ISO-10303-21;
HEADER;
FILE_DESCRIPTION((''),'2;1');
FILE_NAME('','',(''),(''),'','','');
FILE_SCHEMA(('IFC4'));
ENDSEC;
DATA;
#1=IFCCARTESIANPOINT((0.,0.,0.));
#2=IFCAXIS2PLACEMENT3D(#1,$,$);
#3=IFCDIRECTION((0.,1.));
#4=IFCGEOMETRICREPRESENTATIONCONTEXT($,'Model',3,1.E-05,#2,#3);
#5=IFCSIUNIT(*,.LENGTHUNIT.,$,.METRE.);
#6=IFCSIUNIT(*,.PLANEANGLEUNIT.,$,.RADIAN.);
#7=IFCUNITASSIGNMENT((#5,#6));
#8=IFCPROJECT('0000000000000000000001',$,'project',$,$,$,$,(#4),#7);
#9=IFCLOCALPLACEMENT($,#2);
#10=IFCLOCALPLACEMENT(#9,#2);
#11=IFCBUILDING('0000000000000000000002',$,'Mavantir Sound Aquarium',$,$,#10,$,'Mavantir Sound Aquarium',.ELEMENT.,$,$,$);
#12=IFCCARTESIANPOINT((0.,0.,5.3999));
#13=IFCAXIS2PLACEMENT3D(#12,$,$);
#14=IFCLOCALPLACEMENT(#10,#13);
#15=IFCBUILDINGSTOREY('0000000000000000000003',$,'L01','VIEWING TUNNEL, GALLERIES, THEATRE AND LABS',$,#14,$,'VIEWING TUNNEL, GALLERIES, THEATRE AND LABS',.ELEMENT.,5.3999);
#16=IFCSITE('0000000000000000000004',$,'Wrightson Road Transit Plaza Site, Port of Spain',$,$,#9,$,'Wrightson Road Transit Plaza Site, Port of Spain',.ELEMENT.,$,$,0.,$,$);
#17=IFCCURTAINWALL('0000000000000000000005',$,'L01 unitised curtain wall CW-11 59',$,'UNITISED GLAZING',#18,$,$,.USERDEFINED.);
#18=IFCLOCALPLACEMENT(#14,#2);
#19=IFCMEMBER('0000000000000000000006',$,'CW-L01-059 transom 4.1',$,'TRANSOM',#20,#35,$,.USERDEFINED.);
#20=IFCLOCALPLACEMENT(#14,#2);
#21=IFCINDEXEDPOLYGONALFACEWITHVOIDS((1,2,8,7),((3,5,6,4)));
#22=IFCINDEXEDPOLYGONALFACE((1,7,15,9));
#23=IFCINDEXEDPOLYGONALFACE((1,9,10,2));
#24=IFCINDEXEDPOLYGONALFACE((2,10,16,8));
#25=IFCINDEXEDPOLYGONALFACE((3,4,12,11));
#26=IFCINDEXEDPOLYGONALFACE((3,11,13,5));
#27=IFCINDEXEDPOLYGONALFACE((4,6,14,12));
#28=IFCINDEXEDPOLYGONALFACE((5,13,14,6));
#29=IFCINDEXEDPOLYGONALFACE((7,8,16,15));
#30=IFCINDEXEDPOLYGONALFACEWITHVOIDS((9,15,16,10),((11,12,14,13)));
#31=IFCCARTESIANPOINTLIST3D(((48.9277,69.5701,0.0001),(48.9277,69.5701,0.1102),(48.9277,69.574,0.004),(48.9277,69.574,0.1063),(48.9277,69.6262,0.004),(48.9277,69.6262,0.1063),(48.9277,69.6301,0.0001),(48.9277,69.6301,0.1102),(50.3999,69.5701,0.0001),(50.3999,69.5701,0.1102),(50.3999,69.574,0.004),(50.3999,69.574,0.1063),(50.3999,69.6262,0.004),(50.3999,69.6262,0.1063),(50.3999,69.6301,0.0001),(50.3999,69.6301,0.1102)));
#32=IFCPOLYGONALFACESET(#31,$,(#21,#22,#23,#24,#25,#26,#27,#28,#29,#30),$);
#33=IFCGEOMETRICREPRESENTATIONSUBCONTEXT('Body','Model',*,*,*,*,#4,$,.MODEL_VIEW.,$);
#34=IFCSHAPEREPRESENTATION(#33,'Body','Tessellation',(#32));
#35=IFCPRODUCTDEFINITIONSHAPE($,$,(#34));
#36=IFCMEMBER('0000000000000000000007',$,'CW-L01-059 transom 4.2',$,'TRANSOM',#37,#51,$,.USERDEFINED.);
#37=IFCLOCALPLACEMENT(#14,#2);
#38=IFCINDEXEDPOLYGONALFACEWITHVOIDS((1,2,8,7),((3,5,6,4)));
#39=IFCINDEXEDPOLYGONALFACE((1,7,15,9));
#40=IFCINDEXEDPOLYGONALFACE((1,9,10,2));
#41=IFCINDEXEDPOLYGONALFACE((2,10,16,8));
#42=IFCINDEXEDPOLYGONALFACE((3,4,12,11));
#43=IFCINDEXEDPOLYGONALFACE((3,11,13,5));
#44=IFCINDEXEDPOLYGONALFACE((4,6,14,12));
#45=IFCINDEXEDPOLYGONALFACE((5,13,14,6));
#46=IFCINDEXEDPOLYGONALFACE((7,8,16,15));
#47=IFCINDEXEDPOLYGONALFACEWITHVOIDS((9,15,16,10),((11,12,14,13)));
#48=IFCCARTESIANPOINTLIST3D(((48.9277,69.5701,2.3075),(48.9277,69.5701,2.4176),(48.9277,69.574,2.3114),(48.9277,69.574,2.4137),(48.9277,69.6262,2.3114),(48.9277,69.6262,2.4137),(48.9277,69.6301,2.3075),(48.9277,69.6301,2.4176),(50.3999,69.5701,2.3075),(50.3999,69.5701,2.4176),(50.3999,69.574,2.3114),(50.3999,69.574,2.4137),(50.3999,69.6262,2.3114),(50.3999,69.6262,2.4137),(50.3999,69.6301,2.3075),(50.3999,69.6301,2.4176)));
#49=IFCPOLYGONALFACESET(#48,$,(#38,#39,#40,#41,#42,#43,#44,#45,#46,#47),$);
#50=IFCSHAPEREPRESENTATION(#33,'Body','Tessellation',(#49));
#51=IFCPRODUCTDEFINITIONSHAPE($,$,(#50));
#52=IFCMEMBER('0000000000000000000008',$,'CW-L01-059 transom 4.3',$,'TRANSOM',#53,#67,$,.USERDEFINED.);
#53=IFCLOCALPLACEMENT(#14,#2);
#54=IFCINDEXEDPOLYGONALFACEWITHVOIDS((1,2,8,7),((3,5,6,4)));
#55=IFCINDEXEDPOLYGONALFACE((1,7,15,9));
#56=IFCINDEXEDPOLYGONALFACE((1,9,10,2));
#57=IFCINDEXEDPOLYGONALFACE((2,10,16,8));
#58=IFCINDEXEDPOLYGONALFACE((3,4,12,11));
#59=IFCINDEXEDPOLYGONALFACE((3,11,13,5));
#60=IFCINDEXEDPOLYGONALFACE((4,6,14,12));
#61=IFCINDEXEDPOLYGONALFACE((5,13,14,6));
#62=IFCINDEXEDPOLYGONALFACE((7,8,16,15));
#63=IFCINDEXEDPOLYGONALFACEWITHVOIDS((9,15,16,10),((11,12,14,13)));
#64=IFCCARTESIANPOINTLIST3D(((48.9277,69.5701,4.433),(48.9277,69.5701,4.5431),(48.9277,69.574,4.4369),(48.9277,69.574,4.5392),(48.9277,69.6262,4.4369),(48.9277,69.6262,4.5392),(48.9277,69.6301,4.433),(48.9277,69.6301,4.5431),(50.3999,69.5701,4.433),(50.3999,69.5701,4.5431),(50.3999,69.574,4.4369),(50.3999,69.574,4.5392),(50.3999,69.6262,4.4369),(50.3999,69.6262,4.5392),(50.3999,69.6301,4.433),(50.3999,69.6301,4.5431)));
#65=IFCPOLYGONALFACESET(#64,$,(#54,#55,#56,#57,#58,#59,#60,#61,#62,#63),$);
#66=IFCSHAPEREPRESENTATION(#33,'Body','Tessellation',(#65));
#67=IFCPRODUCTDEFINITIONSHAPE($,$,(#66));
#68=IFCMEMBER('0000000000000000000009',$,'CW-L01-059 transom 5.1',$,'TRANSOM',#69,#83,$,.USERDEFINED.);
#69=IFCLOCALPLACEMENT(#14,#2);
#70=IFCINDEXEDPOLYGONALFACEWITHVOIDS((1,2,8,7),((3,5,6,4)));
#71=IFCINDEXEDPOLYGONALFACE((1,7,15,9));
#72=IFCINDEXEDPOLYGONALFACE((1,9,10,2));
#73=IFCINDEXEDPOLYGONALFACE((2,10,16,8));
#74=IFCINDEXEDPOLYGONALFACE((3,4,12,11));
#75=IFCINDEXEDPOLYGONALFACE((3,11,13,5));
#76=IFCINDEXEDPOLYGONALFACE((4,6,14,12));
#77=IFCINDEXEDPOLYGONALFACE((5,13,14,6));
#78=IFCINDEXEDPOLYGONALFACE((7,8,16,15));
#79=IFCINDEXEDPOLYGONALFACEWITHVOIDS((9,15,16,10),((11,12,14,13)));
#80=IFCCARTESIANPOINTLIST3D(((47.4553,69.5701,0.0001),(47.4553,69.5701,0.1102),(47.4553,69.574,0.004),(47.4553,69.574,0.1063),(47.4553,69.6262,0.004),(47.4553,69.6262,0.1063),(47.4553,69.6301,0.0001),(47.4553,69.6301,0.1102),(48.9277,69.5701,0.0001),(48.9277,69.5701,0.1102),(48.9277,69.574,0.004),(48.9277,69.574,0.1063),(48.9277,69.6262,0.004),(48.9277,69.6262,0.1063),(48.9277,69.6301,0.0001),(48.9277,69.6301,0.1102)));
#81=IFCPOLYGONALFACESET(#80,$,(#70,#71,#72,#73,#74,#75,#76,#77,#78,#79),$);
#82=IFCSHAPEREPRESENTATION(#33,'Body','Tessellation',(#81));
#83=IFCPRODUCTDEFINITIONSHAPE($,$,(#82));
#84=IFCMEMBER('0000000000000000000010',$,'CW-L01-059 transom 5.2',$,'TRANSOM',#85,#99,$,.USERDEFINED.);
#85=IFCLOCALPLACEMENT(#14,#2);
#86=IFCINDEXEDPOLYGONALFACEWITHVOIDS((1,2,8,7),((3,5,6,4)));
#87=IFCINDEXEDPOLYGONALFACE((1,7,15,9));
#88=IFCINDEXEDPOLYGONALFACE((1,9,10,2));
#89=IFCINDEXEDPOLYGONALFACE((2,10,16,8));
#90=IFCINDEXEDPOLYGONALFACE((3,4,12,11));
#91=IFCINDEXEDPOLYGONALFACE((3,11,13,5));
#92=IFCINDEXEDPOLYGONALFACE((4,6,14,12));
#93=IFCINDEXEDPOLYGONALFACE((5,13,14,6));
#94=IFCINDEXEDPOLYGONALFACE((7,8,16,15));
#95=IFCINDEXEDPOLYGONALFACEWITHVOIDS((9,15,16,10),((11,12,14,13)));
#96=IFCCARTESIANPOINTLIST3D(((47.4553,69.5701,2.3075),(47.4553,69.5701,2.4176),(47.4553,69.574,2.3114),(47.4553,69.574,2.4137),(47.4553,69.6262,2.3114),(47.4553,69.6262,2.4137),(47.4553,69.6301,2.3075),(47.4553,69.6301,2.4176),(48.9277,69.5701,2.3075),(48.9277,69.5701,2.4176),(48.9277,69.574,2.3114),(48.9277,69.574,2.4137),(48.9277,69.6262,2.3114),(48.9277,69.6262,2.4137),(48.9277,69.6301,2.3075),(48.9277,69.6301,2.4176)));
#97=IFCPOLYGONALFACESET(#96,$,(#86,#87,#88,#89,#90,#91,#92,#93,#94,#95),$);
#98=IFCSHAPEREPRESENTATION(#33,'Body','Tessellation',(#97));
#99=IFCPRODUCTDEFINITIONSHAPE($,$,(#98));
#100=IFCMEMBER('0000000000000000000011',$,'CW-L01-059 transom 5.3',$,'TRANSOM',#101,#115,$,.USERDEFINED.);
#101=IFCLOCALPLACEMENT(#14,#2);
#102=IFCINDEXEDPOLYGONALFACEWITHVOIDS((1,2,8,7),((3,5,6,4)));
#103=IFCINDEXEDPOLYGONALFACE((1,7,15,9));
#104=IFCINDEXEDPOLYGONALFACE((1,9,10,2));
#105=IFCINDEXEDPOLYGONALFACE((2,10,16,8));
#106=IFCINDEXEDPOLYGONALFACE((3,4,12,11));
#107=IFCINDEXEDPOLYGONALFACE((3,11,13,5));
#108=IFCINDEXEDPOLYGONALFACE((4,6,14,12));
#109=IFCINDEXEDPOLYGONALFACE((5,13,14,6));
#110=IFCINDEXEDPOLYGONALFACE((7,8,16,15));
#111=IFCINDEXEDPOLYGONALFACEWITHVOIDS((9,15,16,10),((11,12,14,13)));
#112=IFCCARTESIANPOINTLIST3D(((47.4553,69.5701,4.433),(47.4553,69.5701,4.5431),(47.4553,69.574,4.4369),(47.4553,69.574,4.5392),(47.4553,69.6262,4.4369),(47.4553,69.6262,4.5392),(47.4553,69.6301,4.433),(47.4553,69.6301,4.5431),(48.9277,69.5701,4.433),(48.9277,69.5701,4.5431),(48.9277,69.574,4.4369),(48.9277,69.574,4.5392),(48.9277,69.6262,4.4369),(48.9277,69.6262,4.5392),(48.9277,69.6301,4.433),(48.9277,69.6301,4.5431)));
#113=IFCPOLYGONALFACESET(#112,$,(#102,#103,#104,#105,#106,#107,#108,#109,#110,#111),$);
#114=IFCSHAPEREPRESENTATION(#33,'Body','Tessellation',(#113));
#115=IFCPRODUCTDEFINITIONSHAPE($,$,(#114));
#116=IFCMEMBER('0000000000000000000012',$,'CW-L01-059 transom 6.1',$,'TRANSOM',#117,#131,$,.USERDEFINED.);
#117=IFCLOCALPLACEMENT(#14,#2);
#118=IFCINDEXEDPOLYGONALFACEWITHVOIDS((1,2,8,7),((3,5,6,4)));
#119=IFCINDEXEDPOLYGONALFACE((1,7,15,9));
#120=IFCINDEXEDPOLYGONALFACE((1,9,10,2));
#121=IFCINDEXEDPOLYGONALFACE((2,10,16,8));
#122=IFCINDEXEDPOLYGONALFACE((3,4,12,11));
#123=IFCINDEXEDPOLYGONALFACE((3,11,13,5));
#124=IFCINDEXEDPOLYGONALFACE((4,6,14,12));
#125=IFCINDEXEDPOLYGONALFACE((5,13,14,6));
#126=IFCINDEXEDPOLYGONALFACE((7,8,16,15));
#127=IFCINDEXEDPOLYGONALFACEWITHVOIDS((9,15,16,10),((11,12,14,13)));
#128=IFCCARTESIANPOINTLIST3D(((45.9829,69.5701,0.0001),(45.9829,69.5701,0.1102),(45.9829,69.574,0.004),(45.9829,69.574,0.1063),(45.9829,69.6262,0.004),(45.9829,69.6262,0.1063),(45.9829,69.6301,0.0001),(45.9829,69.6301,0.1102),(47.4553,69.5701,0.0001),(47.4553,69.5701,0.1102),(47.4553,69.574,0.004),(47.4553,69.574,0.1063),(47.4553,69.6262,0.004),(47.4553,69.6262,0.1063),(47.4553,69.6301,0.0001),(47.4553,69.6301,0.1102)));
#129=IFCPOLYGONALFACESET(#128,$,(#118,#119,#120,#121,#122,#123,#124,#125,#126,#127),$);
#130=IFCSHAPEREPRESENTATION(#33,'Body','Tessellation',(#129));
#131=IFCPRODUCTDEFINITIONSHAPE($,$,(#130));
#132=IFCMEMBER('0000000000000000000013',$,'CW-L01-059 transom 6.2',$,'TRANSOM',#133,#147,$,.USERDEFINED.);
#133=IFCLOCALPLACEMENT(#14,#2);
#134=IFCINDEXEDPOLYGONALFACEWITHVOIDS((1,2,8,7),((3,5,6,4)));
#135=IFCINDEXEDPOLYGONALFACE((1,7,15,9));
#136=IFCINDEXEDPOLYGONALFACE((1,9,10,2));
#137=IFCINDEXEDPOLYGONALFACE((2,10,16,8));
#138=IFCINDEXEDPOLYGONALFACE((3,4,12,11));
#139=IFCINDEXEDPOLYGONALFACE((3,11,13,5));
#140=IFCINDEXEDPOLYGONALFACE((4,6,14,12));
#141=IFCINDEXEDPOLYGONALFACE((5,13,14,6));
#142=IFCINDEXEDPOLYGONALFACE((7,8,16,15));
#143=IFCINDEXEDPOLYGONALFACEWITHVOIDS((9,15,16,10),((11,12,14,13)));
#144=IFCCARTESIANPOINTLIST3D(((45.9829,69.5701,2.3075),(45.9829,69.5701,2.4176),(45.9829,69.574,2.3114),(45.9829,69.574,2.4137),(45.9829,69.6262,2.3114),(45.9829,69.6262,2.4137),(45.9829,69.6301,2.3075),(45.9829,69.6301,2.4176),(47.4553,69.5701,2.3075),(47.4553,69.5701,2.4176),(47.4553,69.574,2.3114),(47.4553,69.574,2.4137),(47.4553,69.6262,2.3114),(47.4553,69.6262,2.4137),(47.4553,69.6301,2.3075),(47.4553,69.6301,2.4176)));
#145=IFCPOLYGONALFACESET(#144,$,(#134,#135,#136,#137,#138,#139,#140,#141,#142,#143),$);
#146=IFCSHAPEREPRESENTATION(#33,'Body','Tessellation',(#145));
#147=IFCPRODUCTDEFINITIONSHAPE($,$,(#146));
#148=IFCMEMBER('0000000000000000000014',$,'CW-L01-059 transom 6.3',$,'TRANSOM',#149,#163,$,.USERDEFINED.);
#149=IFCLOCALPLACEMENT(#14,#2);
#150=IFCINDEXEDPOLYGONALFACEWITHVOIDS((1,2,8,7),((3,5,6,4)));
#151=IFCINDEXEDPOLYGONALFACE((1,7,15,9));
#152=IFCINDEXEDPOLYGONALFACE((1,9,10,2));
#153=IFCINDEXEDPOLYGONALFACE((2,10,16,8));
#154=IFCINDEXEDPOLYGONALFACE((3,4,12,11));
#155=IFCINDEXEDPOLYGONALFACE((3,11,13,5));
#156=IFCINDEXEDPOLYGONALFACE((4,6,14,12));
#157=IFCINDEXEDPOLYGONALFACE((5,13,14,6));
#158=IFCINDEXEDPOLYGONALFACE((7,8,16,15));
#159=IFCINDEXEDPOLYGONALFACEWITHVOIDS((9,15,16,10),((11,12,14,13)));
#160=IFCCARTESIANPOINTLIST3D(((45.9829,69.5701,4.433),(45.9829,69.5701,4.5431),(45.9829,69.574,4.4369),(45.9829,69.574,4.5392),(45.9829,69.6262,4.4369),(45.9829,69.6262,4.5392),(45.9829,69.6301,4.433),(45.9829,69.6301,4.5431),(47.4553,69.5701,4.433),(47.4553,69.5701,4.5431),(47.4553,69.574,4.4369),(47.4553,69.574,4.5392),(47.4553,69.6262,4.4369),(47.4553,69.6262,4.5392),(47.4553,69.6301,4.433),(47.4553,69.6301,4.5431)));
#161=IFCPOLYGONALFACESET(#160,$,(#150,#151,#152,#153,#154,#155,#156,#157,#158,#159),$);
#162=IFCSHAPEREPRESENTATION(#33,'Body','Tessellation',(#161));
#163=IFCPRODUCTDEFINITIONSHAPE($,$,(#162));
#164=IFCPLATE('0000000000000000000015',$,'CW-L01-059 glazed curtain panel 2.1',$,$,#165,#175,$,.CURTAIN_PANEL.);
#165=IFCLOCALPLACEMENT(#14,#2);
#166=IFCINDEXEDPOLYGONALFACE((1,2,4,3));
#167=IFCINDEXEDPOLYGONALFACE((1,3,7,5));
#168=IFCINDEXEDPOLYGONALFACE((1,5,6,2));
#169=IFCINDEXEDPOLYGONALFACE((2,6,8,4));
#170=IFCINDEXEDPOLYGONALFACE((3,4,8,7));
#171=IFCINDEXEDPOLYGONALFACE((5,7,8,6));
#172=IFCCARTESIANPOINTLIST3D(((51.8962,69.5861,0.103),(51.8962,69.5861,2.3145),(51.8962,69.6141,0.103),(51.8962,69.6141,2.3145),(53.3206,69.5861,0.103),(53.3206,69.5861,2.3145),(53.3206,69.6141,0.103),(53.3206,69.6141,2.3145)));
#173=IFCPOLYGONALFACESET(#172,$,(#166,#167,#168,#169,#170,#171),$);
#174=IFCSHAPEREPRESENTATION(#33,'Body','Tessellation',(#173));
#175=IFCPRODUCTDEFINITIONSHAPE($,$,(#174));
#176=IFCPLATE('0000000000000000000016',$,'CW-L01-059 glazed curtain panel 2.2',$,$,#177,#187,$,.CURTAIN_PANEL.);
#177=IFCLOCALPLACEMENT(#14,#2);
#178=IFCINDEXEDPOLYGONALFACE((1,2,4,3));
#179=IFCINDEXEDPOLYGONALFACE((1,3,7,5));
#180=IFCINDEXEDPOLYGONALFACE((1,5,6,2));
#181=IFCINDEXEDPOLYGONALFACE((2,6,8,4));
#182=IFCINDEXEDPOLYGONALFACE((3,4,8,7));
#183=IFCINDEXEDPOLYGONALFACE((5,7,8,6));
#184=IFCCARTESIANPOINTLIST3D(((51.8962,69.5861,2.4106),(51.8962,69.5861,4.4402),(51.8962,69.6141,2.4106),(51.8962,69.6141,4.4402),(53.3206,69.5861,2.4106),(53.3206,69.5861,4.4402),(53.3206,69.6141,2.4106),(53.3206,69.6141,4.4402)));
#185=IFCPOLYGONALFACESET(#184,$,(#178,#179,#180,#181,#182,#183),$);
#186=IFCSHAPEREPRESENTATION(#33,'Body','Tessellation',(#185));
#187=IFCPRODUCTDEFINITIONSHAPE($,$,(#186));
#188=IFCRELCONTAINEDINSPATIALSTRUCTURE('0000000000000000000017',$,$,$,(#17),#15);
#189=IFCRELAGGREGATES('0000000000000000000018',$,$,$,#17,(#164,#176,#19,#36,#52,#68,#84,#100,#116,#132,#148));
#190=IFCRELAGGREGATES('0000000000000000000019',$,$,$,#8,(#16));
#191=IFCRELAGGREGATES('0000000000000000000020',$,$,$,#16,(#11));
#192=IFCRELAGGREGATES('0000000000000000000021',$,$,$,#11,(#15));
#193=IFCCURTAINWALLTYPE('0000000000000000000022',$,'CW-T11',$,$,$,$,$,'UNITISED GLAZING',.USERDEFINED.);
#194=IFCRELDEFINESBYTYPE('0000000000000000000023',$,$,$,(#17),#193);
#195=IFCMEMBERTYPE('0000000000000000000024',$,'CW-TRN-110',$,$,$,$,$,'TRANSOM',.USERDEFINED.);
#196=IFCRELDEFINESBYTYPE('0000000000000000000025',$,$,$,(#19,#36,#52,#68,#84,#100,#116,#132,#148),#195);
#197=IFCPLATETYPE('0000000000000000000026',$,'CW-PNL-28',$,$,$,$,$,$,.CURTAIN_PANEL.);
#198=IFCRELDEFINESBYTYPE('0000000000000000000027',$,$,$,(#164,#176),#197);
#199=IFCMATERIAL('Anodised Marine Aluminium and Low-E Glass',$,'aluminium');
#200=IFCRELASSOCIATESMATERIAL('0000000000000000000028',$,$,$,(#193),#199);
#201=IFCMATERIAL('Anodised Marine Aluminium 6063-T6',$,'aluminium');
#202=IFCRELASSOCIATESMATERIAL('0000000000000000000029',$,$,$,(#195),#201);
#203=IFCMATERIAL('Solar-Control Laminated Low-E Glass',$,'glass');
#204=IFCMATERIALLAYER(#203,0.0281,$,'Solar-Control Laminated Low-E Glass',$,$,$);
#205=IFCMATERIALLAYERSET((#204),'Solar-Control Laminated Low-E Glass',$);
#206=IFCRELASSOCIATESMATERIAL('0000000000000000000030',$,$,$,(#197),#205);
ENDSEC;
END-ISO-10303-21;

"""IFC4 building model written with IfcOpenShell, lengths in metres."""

from ifc_helpers import new_model, si_unit, direction, frame, origin, origin_2d, place, context, subcontext, project, spatial, rectangle, hollow_rectangle, extrude, material, layer, layer_set, material_profile, profile_set, type_object, element, aggregate, save


model = new_model("IFC4")

# Units and contexts
model_context = context("Model", 3, precision=1e-05, world=origin(), true_north=direction((0.0, 1.0)))
body_context = subcontext(model_context, "Body", "Model", "MODEL_VIEW")
ifc_project = project(units=[si_unit("LENGTHUNIT", "METRE"), si_unit("PLANEANGLEUNIT", "RADIAN")], contexts=[model_context])

# Site, building, storey
site_placement = place(None, origin())
site = spatial("IfcSite", under=ifc_project, at=site_placement, Name="Wrightson Road Transit Plaza Site, Port of Spain", LongName="Wrightson Road Transit Plaza Site, Port of Spain", CompositionType="ELEMENT", RefElevation=0.0)
building_placement = place(site_placement, origin())
building = spatial("IfcBuilding", under=site, at=building_placement, Name="Mavantir Sound Aquarium", LongName="Mavantir Sound Aquarium", CompositionType="ELEMENT")
storey_placement = place(building_placement, frame((0.0, 0.0, 5.3999)))
storey = spatial("IfcBuildingStorey", under=building, at=storey_placement, Name="L01", Description="VIEWING TUNNEL, GALLERIES, THEATRE AND LABS", LongName="VIEWING TUNNEL, GALLERIES, THEATRE AND LABS", CompositionType="ELEMENT", Elevation=5.3999)

# Curtain wall, members, plates
ifc_material_1 = material(Name="Anodised Marine Aluminium and Low-E Glass", Category="aluminium")
curtain_wall_type = type_object("IfcCurtainWallType", Name="CW-T11", ElementType="UNITISED GLAZING", PredefinedType="USERDEFINED", material=ifc_material_1)
curtain_wall_placement = place(storey_placement, origin())
curtain_wall = element("IfcCurtainWall", 1, at=curtain_wall_placement, inside=storey, type_object=curtain_wall_type, Name="L01 unitised curtain wall CW-11 59", ObjectType="UNITISED GLAZING", PredefinedType="USERDEFINED")
ifc_material_2 = material(Name="Anodised Marine Aluminium 6063-T6", Category="aluminium")
ifc_material_profile_1 = material_profile(ifc_material_2, hollow_rectangle(XDim=0.0601, YDim=0.1101, WallThickness=0.0039, at=origin_2d()), Name="ALU-TRANSOM-110X60")
ifc_profile_set_1 = profile_set([ifc_material_profile_1], Name="Anodised Marine Aluminium 6063-T6")
member_type_1 = type_object("IfcMemberType", Name="CW-TRN-110", ElementType="TRANSOM", PredefinedType="USERDEFINED", material=ifc_profile_set_1)
member_1_placement = place(storey_placement, frame((50.3999, 69.6001, 0.0552), z_axis=(-1.0, 0.0, 0.0), x_axis=(0.0, -1.0, 0.0)))
member_1 = element("IfcMember", 2, at=member_1_placement, type_object=member_type_1, Name="CW-L01-059 transom 4.1", ObjectType="TRANSOM", PredefinedType="USERDEFINED", context=body_context, shape_type="SweptSolid", body=[
    extrude(hollow_rectangle(XDim=0.0601, YDim=0.1101, WallThickness=0.0039, at=origin_2d()), origin(), (0.0, 0.0, 1.0), 1.4722),
])
member_2_placement = place(storey_placement, frame((50.3999, 69.6001, 2.3625), z_axis=(-1.0, 0.0, 0.0), x_axis=(0.0, -1.0, 0.0)))
member_2 = element("IfcMember", 3, at=member_2_placement, type_object=member_type_1, Name="CW-L01-059 transom 4.2", ObjectType="TRANSOM", PredefinedType="USERDEFINED", context=body_context, shape_type="SweptSolid", body=[
    extrude(hollow_rectangle(XDim=0.0601, YDim=0.1101, WallThickness=0.0039, at=origin_2d()), origin(), (0.0, 0.0, 1.0), 1.4722),
])
member_3_placement = place(storey_placement, frame((50.3999, 69.6001, 4.488), z_axis=(-1.0, 0.0, 0.0), x_axis=(0.0, -1.0, 0.0)))
member_3 = element("IfcMember", 4, at=member_3_placement, type_object=member_type_1, Name="CW-L01-059 transom 4.3", ObjectType="TRANSOM", PredefinedType="USERDEFINED", context=body_context, shape_type="SweptSolid", body=[
    extrude(hollow_rectangle(XDim=0.0601, YDim=0.1101, WallThickness=0.0039, at=origin_2d()), origin(), (0.0, 0.0, 1.0), 1.4722),
])
member_4_placement = place(storey_placement, frame((48.9277, 69.6001, 0.0552), z_axis=(-1.0, 0.0, 0.0), x_axis=(0.0, -1.0, 0.0)))
member_4 = element("IfcMember", 5, at=member_4_placement, type_object=member_type_1, Name="CW-L01-059 transom 5.1", ObjectType="TRANSOM", PredefinedType="USERDEFINED", context=body_context, shape_type="SweptSolid", body=[
    extrude(hollow_rectangle(XDim=0.0601, YDim=0.1101, WallThickness=0.0039, at=origin_2d()), origin(), (0.0, 0.0, 1.0), 1.4724),
])
member_5_placement = place(storey_placement, frame((48.9277, 69.6001, 2.3625), z_axis=(-1.0, 0.0, 0.0), x_axis=(0.0, -1.0, 0.0)))
member_5 = element("IfcMember", 6, at=member_5_placement, type_object=member_type_1, Name="CW-L01-059 transom 5.2", ObjectType="TRANSOM", PredefinedType="USERDEFINED", context=body_context, shape_type="SweptSolid", body=[
    extrude(hollow_rectangle(XDim=0.0601, YDim=0.1101, WallThickness=0.0039, at=origin_2d()), origin(), (0.0, 0.0, 1.0), 1.4724),
])
member_6_placement = place(storey_placement, frame((48.9277, 69.6001, 4.488), z_axis=(-1.0, 0.0, 0.0), x_axis=(0.0, -1.0, 0.0)))
member_6 = element("IfcMember", 7, at=member_6_placement, type_object=member_type_1, Name="CW-L01-059 transom 5.3", ObjectType="TRANSOM", PredefinedType="USERDEFINED", context=body_context, shape_type="SweptSolid", body=[
    extrude(hollow_rectangle(XDim=0.0601, YDim=0.1101, WallThickness=0.0039, at=origin_2d()), origin(), (0.0, 0.0, 1.0), 1.4724),
])
member_7_placement = place(storey_placement, frame((47.4553, 69.6001, 0.0552), z_axis=(-1.0, 0.0, 0.0), x_axis=(0.0, -1.0, 0.0)))
member_7 = element("IfcMember", 8, at=member_7_placement, type_object=member_type_1, Name="CW-L01-059 transom 6.1", ObjectType="TRANSOM", PredefinedType="USERDEFINED", context=body_context, shape_type="SweptSolid", body=[
    extrude(hollow_rectangle(XDim=0.0601, YDim=0.1101, WallThickness=0.0039, at=origin_2d()), origin(), (0.0, 0.0, 1.0), 1.4724),
])
member_8_placement = place(storey_placement, frame((47.4553, 69.6001, 2.3625), z_axis=(-1.0, 0.0, 0.0), x_axis=(0.0, -1.0, 0.0)))
member_8 = element("IfcMember", 9, at=member_8_placement, type_object=member_type_1, Name="CW-L01-059 transom 6.2", ObjectType="TRANSOM", PredefinedType="USERDEFINED", context=body_context, shape_type="SweptSolid", body=[
    extrude(hollow_rectangle(XDim=0.0601, YDim=0.1101, WallThickness=0.0039, at=origin_2d()), origin(), (0.0, 0.0, 1.0), 1.4724),
])
member_9_placement = place(storey_placement, frame((47.4553, 69.6001, 4.488), z_axis=(-1.0, 0.0, 0.0), x_axis=(0.0, -1.0, 0.0)))
member_9 = element("IfcMember", 10, at=member_9_placement, type_object=member_type_1, Name="CW-L01-059 transom 6.3", ObjectType="TRANSOM", PredefinedType="USERDEFINED", context=body_context, shape_type="SweptSolid", body=[
    extrude(hollow_rectangle(XDim=0.0601, YDim=0.1101, WallThickness=0.0039, at=origin_2d()), origin(), (0.0, 0.0, 1.0), 1.4724),
])
ifc_material_3 = material(Name="Solar-Control Laminated Low-E Glass", Category="glass")
ifc_layer = layer(ifc_material_3, 0.0281, Name="Solar-Control Laminated Low-E Glass")
ifc_layer_set = layer_set([ifc_layer], Name="Solar-Control Laminated Low-E Glass")
plate_type = type_object("IfcPlateType", Name="CW-PNL-28", PredefinedType="CURTAIN_PANEL", material=ifc_layer_set)
plate_1_placement = place(storey_placement, frame((52.6084, 69.6001, 0.103), z_axis=(0.0, 0.0, 1.0), x_axis=(-1.0, 0.0, 0.0)))
plate_1 = element("IfcPlate", 11, at=plate_1_placement, type_object=plate_type, Name="CW-L01-059 glazed curtain panel 2.1", PredefinedType="CURTAIN_PANEL", context=body_context, shape_type="SweptSolid", body=[
    extrude(rectangle(XDim=1.4243, YDim=0.0281, at=origin_2d()), origin(), (0.0, 0.0, 1.0), 2.2114),
])
plate_2_placement = place(storey_placement, frame((52.6084, 69.6001, 2.4106), z_axis=(0.0, 0.0, 1.0), x_axis=(-1.0, 0.0, 0.0)))
plate_2 = element("IfcPlate", 12, at=plate_2_placement, type_object=plate_type, Name="CW-L01-059 glazed curtain panel 2.2", PredefinedType="CURTAIN_PANEL", context=body_context, shape_type="SweptSolid", body=[
    extrude(rectangle(XDim=1.4243, YDim=0.0281, at=origin_2d()), origin(), (0.0, 0.0, 1.0), 2.0295),
])
aggregate(curtain_wall, [plate_1, plate_2, member_1, member_2, member_3, member_4, member_5, member_6, member_7, member_8, member_9])

save(model, "model.ifc")
